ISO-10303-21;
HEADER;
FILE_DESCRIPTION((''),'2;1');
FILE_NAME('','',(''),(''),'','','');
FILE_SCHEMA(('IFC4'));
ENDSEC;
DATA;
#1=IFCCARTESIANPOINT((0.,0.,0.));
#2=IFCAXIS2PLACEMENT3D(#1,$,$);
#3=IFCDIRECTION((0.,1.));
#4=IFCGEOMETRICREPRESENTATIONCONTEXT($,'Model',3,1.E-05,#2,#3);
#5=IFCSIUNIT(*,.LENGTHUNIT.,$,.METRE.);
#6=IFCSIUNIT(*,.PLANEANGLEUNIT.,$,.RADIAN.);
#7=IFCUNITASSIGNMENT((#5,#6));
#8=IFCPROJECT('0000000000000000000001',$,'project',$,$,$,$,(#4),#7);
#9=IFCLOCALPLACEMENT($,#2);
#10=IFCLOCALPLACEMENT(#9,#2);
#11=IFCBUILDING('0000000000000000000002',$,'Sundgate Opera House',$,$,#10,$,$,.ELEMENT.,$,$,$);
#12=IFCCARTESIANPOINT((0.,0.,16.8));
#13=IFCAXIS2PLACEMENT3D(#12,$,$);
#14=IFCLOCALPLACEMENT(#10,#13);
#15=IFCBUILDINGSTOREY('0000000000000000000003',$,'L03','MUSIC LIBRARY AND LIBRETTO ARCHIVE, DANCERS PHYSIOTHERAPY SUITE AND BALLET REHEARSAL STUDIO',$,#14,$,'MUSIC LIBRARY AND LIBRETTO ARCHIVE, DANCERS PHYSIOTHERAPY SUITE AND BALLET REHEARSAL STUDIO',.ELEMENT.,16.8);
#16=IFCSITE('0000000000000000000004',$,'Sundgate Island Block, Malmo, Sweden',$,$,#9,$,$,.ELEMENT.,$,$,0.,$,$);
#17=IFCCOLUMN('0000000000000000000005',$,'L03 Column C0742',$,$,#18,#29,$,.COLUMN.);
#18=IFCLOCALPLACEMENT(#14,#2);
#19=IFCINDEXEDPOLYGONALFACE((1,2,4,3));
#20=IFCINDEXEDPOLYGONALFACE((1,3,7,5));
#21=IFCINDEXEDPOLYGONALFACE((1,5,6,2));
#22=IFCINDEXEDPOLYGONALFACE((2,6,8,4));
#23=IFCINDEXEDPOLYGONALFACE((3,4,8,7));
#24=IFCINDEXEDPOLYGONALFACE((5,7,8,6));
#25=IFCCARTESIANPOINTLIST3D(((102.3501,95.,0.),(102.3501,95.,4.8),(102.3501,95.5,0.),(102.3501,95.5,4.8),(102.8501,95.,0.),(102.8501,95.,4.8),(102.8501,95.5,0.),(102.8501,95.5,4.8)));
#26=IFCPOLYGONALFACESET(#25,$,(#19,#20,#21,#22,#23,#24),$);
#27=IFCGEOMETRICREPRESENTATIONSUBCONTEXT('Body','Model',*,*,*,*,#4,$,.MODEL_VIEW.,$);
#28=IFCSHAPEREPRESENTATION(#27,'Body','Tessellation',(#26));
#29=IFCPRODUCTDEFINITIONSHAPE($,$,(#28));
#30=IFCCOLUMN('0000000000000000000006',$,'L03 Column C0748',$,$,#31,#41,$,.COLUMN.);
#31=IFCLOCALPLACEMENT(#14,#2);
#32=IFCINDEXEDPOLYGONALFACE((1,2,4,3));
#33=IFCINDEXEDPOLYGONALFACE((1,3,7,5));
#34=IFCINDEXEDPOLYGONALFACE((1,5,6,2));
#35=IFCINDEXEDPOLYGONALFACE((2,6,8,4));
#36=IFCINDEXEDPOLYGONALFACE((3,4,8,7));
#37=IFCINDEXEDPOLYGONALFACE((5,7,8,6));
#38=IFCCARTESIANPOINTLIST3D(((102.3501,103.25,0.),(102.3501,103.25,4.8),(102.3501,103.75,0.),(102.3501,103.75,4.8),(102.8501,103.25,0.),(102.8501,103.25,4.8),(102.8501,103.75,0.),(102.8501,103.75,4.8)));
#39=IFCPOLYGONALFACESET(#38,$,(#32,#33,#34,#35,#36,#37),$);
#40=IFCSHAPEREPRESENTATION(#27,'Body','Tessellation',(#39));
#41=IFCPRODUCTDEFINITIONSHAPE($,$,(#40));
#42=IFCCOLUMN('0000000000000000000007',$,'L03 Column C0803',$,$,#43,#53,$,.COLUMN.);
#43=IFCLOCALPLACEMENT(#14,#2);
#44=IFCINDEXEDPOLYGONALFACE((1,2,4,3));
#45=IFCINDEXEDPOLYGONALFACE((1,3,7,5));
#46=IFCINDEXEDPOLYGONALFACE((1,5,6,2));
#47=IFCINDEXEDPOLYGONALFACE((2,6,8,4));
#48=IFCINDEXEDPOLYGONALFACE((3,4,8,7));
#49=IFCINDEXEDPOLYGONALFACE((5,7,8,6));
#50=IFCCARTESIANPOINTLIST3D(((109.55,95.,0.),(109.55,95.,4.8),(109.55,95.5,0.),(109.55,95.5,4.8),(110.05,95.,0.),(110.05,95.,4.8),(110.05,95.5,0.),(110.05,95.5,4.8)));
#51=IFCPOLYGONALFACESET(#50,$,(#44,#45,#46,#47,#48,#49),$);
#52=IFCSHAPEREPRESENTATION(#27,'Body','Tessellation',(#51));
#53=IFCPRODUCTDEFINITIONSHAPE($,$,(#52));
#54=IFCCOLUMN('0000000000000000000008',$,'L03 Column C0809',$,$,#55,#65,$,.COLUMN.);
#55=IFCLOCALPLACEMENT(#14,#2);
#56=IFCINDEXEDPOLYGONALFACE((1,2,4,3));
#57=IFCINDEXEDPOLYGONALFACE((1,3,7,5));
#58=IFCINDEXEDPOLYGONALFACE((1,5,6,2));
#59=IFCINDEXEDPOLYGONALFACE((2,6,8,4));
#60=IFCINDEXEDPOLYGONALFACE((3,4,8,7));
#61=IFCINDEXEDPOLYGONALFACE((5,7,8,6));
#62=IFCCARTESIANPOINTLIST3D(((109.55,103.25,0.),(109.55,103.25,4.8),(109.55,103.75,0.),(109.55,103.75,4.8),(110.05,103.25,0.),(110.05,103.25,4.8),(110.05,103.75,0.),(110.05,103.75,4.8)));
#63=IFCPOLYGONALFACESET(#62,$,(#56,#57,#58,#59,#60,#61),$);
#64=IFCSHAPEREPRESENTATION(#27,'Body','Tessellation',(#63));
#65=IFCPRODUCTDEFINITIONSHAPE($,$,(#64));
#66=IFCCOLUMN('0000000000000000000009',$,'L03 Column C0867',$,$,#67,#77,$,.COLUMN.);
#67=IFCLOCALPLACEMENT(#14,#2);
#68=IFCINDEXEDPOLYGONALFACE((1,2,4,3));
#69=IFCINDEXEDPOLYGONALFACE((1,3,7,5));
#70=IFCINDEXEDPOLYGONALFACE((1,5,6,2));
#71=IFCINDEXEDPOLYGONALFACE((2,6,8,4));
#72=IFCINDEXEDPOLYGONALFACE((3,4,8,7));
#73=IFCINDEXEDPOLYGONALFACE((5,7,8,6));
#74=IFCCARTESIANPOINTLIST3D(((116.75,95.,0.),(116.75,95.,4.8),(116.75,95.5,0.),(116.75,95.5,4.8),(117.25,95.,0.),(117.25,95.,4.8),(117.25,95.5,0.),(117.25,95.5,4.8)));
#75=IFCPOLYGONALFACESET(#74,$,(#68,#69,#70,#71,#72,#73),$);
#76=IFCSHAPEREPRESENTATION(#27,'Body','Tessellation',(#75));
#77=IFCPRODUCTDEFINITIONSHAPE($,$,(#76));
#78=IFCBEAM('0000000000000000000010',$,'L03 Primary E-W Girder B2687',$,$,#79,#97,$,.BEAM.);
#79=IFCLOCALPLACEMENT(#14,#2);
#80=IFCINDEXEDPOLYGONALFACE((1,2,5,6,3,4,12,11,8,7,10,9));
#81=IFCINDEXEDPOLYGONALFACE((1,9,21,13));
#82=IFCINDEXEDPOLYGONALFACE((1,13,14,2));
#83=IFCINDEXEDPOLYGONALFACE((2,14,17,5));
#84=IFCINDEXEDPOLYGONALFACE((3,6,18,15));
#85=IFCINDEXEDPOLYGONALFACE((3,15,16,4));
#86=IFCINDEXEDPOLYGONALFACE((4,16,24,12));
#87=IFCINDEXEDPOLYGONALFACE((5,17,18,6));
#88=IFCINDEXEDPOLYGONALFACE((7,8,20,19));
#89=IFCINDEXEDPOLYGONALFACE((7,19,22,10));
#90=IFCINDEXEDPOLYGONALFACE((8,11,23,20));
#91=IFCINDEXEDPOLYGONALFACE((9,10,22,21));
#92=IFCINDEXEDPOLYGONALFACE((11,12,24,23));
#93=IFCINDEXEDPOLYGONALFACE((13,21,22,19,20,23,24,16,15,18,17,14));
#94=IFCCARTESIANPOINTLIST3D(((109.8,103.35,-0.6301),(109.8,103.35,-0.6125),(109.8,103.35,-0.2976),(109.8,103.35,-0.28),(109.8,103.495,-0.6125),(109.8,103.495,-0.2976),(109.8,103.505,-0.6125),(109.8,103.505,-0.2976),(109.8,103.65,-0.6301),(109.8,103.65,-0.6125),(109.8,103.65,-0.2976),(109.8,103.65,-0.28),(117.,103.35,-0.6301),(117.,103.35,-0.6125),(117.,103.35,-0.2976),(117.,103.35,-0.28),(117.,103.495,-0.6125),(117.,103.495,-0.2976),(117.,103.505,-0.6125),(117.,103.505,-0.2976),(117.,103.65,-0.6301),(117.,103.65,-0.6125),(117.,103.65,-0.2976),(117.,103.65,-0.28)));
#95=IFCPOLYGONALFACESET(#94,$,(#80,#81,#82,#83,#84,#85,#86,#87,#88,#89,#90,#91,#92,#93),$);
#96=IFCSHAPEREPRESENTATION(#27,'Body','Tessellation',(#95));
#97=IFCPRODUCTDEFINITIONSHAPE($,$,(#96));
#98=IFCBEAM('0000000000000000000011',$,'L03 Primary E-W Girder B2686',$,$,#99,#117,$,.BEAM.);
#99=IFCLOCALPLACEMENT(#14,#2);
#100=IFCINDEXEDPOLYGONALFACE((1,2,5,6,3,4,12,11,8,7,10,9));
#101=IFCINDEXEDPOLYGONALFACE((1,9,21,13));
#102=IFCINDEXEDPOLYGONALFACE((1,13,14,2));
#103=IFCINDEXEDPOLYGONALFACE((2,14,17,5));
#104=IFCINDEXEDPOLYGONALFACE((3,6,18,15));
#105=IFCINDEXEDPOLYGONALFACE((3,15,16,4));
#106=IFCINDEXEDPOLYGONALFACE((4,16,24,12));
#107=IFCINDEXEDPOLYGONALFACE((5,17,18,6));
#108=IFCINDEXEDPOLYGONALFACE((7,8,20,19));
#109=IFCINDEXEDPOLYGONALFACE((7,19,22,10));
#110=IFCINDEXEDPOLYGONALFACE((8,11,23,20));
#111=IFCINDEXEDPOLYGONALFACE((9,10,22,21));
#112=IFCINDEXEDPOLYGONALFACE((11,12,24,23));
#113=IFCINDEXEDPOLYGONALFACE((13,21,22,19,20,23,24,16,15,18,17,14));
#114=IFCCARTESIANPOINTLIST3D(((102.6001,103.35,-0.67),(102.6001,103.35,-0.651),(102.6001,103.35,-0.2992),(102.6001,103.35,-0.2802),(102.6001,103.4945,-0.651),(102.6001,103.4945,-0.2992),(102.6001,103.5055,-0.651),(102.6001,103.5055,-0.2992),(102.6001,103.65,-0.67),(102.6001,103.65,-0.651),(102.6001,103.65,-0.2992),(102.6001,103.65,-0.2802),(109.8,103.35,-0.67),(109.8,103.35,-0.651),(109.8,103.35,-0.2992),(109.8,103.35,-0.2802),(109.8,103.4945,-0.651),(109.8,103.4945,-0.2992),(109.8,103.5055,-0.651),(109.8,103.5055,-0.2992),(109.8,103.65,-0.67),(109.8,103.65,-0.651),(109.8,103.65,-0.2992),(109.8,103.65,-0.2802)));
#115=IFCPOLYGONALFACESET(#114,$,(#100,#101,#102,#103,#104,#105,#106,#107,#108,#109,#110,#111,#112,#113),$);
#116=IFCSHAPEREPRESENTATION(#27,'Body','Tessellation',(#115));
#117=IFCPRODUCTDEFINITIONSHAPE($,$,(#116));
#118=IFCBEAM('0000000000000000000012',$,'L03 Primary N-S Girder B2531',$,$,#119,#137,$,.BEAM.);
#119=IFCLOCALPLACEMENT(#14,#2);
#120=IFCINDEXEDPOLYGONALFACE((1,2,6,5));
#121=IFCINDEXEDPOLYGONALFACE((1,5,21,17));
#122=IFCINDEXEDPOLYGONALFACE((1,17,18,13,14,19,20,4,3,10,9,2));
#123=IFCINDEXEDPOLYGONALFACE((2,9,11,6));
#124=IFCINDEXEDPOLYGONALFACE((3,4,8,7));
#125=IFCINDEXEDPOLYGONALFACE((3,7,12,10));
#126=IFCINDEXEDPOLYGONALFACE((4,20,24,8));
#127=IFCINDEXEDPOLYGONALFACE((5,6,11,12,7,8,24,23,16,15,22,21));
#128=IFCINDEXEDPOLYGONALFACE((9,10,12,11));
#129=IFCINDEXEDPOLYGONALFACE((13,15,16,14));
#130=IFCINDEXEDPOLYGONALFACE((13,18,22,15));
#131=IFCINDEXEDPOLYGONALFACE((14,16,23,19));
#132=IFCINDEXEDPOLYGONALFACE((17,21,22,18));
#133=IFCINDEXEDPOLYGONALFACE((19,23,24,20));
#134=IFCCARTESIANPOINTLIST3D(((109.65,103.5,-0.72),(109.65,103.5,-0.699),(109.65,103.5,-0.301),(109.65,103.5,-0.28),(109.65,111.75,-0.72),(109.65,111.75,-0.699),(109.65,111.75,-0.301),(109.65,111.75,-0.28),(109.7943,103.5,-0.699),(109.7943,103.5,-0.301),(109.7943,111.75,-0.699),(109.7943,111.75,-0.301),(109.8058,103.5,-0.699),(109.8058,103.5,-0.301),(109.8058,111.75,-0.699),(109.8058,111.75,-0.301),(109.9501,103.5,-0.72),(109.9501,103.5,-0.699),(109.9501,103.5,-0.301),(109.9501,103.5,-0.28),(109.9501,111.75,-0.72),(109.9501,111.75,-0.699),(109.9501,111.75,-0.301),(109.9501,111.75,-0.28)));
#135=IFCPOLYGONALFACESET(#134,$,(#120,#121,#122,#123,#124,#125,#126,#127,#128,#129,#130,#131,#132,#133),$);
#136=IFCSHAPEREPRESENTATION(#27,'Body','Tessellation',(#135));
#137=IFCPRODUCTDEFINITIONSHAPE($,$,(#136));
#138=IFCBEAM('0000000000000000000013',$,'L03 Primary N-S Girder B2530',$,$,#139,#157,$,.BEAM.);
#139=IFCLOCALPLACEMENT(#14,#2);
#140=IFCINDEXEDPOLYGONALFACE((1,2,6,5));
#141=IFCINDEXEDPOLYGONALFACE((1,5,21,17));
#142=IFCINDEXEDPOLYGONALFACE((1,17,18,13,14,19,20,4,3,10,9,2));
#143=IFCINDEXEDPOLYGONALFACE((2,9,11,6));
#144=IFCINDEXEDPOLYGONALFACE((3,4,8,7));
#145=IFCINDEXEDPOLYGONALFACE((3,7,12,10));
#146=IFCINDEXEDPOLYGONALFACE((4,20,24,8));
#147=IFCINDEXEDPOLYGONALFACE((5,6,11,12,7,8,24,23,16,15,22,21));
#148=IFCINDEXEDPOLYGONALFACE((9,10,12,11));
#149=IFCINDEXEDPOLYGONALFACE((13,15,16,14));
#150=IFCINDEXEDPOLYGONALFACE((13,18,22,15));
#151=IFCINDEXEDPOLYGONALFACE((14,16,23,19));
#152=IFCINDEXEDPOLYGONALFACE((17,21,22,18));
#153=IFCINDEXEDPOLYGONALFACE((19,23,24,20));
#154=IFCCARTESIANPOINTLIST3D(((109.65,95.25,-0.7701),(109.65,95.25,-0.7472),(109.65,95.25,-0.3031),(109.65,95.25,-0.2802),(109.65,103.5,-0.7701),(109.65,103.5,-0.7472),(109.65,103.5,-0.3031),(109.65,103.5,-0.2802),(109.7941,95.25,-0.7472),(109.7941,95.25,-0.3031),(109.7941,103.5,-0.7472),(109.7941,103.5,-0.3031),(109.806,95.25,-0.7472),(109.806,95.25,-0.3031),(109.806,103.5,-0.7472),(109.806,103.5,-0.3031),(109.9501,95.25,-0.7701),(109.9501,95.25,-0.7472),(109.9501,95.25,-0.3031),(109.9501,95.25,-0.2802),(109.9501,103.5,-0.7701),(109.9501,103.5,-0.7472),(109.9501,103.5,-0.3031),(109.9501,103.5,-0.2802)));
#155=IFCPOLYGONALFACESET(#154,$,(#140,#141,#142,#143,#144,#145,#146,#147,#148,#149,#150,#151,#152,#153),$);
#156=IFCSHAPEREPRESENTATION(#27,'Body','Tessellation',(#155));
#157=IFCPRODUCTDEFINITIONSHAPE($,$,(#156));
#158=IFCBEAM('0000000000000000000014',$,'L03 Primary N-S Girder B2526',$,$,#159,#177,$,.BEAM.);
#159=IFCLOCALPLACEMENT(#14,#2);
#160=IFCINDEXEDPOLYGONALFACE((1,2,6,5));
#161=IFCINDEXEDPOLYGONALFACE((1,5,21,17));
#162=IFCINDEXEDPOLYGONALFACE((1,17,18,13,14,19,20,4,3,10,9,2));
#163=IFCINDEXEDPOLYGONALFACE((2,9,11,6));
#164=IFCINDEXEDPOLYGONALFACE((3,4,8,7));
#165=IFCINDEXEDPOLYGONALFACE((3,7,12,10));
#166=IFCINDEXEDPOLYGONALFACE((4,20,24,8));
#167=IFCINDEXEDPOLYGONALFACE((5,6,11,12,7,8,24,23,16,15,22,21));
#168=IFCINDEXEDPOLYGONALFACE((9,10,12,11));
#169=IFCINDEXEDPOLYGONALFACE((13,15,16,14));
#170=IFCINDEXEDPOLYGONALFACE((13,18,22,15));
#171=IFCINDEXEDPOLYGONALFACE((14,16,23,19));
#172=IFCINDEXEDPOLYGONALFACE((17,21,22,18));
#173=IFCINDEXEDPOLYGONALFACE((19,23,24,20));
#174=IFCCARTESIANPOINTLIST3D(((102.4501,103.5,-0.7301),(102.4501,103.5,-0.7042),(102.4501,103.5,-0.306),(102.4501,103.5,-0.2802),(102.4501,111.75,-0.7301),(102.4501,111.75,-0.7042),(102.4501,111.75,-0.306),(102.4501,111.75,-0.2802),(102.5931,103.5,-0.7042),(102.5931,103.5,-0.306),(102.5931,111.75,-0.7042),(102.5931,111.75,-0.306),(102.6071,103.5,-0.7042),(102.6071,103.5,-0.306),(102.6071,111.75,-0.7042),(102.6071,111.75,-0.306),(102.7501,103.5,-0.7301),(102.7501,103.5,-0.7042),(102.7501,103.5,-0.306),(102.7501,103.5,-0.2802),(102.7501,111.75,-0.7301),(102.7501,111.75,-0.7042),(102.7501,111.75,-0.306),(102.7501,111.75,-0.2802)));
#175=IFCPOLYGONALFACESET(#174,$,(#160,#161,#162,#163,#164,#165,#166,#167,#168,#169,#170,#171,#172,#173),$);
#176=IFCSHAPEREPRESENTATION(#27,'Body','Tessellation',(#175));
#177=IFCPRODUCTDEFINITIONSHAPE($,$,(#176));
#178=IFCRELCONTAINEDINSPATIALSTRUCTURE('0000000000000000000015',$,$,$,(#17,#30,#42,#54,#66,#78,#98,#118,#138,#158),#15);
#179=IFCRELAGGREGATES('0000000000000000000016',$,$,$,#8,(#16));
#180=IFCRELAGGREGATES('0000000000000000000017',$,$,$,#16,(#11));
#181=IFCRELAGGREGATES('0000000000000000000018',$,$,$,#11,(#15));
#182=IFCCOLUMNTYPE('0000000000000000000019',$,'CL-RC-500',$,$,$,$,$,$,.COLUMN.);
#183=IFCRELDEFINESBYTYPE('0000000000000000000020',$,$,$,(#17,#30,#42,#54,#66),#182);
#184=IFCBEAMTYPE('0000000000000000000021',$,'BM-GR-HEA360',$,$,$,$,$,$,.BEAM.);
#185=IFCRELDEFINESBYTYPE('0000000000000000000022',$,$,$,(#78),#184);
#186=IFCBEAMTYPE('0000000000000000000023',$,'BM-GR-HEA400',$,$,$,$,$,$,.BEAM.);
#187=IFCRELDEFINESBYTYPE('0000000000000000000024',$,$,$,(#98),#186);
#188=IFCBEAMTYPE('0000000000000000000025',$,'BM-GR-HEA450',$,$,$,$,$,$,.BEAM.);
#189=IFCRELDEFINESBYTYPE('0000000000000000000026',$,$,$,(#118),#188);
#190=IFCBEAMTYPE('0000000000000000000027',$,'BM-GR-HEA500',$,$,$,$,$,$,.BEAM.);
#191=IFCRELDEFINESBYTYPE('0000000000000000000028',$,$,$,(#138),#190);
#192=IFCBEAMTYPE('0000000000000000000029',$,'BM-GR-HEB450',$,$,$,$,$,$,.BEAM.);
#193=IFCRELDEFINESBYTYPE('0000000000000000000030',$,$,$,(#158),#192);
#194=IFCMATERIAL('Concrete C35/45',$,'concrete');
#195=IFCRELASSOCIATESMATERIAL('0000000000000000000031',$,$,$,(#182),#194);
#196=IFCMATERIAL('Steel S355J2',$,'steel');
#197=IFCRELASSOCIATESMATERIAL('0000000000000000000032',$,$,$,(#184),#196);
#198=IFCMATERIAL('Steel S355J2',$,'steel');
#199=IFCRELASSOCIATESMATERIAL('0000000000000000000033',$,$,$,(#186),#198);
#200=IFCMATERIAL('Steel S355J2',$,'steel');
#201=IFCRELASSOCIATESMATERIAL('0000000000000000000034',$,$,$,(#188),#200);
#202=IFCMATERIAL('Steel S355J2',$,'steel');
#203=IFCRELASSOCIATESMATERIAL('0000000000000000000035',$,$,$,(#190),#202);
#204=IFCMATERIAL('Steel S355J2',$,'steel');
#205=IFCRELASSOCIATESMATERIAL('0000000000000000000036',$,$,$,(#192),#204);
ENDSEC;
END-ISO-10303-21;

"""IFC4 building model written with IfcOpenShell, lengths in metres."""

from ifc_helpers import new_model, si_unit, direction, frame, origin, origin_2d, place, context, subcontext, project, spatial, rectangle, i_section, extrude, material, material_profile, profile_set, type_object, element, save


model = new_model("IFC4")

# Units and contexts
model_context = context("Model", 3, precision=1e-05, world=origin(), true_north=direction((0.0, 1.0)))
body_context = subcontext(model_context, "Body", "Model", "MODEL_VIEW")
ifc_project = project(units=[si_unit("LENGTHUNIT", "METRE"), si_unit("PLANEANGLEUNIT", "RADIAN")], contexts=[model_context])

# Site, building, storey
site_placement = place(None, origin())
site = spatial("IfcSite", under=ifc_project, at=site_placement, Name="Sundgate Island Block, Malmo, Sweden", CompositionType="ELEMENT", RefElevation=0.0)
building_placement = place(site_placement, origin())
building = spatial("IfcBuilding", under=site, at=building_placement, Name="Sundgate Opera House", CompositionType="ELEMENT")
storey_placement = place(building_placement, frame((0.0, 0.0, 16.8)))
storey = spatial("IfcBuildingStorey", under=building, at=storey_placement, Name="L03", Description="MUSIC LIBRARY AND LIBRETTO ARCHIVE, DANCERS PHYSIOTHERAPY SUITE AND BALLET REHEARSAL STUDIO", LongName="MUSIC LIBRARY AND LIBRETTO ARCHIVE, DANCERS PHYSIOTHERAPY SUITE AND BALLET REHEARSAL STUDIO", CompositionType="ELEMENT", Elevation=16.8)

# Columns
ifc_material_1 = material(Name="Concrete C35/45", Category="concrete")
ifc_material_profile_1 = material_profile(ifc_material_1, rectangle(XDim=0.5, YDim=0.5, at=origin_2d()), Name="RC 500x500")
ifc_profile_set_1 = profile_set([ifc_material_profile_1], Name="Concrete C35/45")
column_type = type_object("IfcColumnType", Name="CL-RC-500", PredefinedType="COLUMN", material=ifc_profile_set_1)
for number, where, z_axis, x_axis, name in (
    (1, (102.6001, 95.25, 0.0), (0.0, 0.0, 1.0), (1.0, 0.0, 0.0), "L03 Column C0742"),
    (2, (102.6001, 103.5, 0.0), (0.0, 0.0, 1.0), (1.0, 0.0, 0.0), "L03 Column C0748"),
    (3, (109.8, 95.25, 0.0), (0.0, 0.0, 1.0), (1.0, 0.0, 0.0), "L03 Column C0803"),
    (4, (109.8, 103.5, 0.0), (0.0, 0.0, 1.0), (1.0, 0.0, 0.0), "L03 Column C0809"),
    (5, (117.0, 95.25, 0.0), (0.0, 0.0, 1.0), (1.0, 0.0, 0.0), "L03 Column C0867"),
):
    element("IfcColumn", number, at=place(storey_placement, frame(where, z_axis=z_axis, x_axis=x_axis)), inside=storey, type_object=column_type, Name=name, PredefinedType="COLUMN", context=body_context, shape_type="SweptSolid", body=[
        extrude(rectangle(XDim=0.5, YDim=0.5, at=origin_2d()), origin(), (0.0, 0.0, 1.0), 4.8),
    ])

# Beams
ifc_material_2 = material(Name="Steel S355J2", Category="steel")
ifc_material_profile_2 = material_profile(ifc_material_2, i_section(OverallWidth=0.3, OverallDepth=0.3501, WebThickness=0.01, FlangeThickness=0.0176, at=origin_2d()), Name="HEA 360")
ifc_profile_set_2 = profile_set([ifc_material_profile_2], Name="Steel S355J2")
beam_type_1 = type_object("IfcBeamType", Name="BM-GR-HEA360", PredefinedType="BEAM", material=ifc_profile_set_2)
beam_1_placement = place(storey_placement, frame((109.8, 103.5, -0.4551), z_axis=(1.0, 0.0, 0.0), x_axis=(0.0, 1.0, 0.0)))
element("IfcBeam", 6, at=beam_1_placement, inside=storey, type_object=beam_type_1, Name="L03 Primary E-W Girder B2687", PredefinedType="BEAM", context=body_context, shape_type="SweptSolid", body=[
    extrude(i_section(OverallWidth=0.3, OverallDepth=0.3501, WebThickness=0.01, FlangeThickness=0.0176, at=origin_2d()), origin(), (0.0, 0.0, 1.0), 7.2),
])
ifc_material_3 = material(Name="Steel S355J2", Category="steel")
ifc_material_profile_3 = material_profile(ifc_material_3, i_section(OverallWidth=0.3, OverallDepth=0.3899, WebThickness=0.011, FlangeThickness=0.019, at=origin_2d()), Name="HEA 400")
ifc_profile_set_3 = profile_set([ifc_material_profile_3], Name="Steel S355J2")
beam_type_2 = type_object("IfcBeamType", Name="BM-GR-HEA400", PredefinedType="BEAM", material=ifc_profile_set_3)
beam_2_placement = place(storey_placement, frame((102.6001, 103.5, -0.4751), z_axis=(1.0, 0.0, 0.0), x_axis=(0.0, 1.0, 0.0)))
element("IfcBeam", 7, at=beam_2_placement, inside=storey, type_object=beam_type_2, Name="L03 Primary E-W Girder B2686", PredefinedType="BEAM", context=body_context, shape_type="SweptSolid", body=[
    extrude(i_section(OverallWidth=0.3, OverallDepth=0.3899, WebThickness=0.011, FlangeThickness=0.019, at=origin_2d()), origin(), (0.0, 0.0, 1.0), 7.2),
])
ifc_material_4 = material(Name="Steel S355J2", Category="steel")
ifc_material_profile_4 = material_profile(ifc_material_4, i_section(OverallWidth=0.3, OverallDepth=0.4399, WebThickness=0.0115, FlangeThickness=0.021, at=origin_2d()), Name="HEA 450")
ifc_profile_set_4 = profile_set([ifc_material_profile_4], Name="Steel S355J2")
beam_type_3 = type_object("IfcBeamType", Name="BM-GR-HEA450", PredefinedType="BEAM", material=ifc_profile_set_4)
beam_3_placement = place(storey_placement, frame((109.8, 103.5, -0.5), z_axis=(0.0, 1.0, 0.0), x_axis=(-1.0, 0.0, 0.0)))
element("IfcBeam", 8, at=beam_3_placement, inside=storey, type_object=beam_type_3, Name="L03 Primary N-S Girder B2531", PredefinedType="BEAM", context=body_context, shape_type="SweptSolid", body=[
    extrude(i_section(OverallWidth=0.3, OverallDepth=0.4399, WebThickness=0.0115, FlangeThickness=0.021, at=origin_2d()), origin(), (0.0, 0.0, 1.0), 8.25),
])
ifc_material_5 = material(Name="Steel S355J2", Category="steel")
ifc_material_profile_5 = material_profile(ifc_material_5, i_section(OverallWidth=0.3, OverallDepth=0.49, WebThickness=0.012, FlangeThickness=0.0229, at=origin_2d()), Name="HEA 500")
ifc_profile_set_5 = profile_set([ifc_material_profile_5], Name="Steel S355J2")
beam_type_4 = type_object("IfcBeamType", Name="BM-GR-HEA500", PredefinedType="BEAM", material=ifc_profile_set_5)
beam_4_placement = place(storey_placement, frame((109.8, 95.25, -0.5251), z_axis=(0.0, 1.0, 0.0), x_axis=(-1.0, 0.0, 0.0)))
element("IfcBeam", 9, at=beam_4_placement, inside=storey, type_object=beam_type_4, Name="L03 Primary N-S Girder B2530", PredefinedType="BEAM", context=body_context, shape_type="SweptSolid", body=[
    extrude(i_section(OverallWidth=0.3, OverallDepth=0.49, WebThickness=0.012, FlangeThickness=0.0229, at=origin_2d()), origin(), (0.0, 0.0, 1.0), 8.25),
])
ifc_material_6 = material(Name="Steel S355J2", Category="steel")
ifc_material_profile_6 = material_profile(ifc_material_6, i_section(OverallWidth=0.3, OverallDepth=0.45, WebThickness=0.0139, FlangeThickness=0.0259, at=origin_2d()), Name="HEB 450")
ifc_profile_set_6 = profile_set([ifc_material_profile_6], Name="Steel S355J2")
beam_type_5 = type_object("IfcBeamType", Name="BM-GR-HEB450", PredefinedType="BEAM", material=ifc_profile_set_6)
beam_5_placement = place(storey_placement, frame((102.6001, 103.5, -0.5051), z_axis=(0.0, 1.0, 0.0), x_axis=(-1.0, 0.0, 0.0)))
element("IfcBeam", 10, at=beam_5_placement, inside=storey, type_object=beam_type_5, Name="L03 Primary N-S Girder B2526", PredefinedType="BEAM", context=body_context, shape_type="SweptSolid", body=[
    extrude(i_section(OverallWidth=0.3, OverallDepth=0.45, WebThickness=0.0139, FlangeThickness=0.0259, at=origin_2d()), origin(), (0.0, 0.0, 1.0), 8.25),
])

save(model, "model.ifc")
